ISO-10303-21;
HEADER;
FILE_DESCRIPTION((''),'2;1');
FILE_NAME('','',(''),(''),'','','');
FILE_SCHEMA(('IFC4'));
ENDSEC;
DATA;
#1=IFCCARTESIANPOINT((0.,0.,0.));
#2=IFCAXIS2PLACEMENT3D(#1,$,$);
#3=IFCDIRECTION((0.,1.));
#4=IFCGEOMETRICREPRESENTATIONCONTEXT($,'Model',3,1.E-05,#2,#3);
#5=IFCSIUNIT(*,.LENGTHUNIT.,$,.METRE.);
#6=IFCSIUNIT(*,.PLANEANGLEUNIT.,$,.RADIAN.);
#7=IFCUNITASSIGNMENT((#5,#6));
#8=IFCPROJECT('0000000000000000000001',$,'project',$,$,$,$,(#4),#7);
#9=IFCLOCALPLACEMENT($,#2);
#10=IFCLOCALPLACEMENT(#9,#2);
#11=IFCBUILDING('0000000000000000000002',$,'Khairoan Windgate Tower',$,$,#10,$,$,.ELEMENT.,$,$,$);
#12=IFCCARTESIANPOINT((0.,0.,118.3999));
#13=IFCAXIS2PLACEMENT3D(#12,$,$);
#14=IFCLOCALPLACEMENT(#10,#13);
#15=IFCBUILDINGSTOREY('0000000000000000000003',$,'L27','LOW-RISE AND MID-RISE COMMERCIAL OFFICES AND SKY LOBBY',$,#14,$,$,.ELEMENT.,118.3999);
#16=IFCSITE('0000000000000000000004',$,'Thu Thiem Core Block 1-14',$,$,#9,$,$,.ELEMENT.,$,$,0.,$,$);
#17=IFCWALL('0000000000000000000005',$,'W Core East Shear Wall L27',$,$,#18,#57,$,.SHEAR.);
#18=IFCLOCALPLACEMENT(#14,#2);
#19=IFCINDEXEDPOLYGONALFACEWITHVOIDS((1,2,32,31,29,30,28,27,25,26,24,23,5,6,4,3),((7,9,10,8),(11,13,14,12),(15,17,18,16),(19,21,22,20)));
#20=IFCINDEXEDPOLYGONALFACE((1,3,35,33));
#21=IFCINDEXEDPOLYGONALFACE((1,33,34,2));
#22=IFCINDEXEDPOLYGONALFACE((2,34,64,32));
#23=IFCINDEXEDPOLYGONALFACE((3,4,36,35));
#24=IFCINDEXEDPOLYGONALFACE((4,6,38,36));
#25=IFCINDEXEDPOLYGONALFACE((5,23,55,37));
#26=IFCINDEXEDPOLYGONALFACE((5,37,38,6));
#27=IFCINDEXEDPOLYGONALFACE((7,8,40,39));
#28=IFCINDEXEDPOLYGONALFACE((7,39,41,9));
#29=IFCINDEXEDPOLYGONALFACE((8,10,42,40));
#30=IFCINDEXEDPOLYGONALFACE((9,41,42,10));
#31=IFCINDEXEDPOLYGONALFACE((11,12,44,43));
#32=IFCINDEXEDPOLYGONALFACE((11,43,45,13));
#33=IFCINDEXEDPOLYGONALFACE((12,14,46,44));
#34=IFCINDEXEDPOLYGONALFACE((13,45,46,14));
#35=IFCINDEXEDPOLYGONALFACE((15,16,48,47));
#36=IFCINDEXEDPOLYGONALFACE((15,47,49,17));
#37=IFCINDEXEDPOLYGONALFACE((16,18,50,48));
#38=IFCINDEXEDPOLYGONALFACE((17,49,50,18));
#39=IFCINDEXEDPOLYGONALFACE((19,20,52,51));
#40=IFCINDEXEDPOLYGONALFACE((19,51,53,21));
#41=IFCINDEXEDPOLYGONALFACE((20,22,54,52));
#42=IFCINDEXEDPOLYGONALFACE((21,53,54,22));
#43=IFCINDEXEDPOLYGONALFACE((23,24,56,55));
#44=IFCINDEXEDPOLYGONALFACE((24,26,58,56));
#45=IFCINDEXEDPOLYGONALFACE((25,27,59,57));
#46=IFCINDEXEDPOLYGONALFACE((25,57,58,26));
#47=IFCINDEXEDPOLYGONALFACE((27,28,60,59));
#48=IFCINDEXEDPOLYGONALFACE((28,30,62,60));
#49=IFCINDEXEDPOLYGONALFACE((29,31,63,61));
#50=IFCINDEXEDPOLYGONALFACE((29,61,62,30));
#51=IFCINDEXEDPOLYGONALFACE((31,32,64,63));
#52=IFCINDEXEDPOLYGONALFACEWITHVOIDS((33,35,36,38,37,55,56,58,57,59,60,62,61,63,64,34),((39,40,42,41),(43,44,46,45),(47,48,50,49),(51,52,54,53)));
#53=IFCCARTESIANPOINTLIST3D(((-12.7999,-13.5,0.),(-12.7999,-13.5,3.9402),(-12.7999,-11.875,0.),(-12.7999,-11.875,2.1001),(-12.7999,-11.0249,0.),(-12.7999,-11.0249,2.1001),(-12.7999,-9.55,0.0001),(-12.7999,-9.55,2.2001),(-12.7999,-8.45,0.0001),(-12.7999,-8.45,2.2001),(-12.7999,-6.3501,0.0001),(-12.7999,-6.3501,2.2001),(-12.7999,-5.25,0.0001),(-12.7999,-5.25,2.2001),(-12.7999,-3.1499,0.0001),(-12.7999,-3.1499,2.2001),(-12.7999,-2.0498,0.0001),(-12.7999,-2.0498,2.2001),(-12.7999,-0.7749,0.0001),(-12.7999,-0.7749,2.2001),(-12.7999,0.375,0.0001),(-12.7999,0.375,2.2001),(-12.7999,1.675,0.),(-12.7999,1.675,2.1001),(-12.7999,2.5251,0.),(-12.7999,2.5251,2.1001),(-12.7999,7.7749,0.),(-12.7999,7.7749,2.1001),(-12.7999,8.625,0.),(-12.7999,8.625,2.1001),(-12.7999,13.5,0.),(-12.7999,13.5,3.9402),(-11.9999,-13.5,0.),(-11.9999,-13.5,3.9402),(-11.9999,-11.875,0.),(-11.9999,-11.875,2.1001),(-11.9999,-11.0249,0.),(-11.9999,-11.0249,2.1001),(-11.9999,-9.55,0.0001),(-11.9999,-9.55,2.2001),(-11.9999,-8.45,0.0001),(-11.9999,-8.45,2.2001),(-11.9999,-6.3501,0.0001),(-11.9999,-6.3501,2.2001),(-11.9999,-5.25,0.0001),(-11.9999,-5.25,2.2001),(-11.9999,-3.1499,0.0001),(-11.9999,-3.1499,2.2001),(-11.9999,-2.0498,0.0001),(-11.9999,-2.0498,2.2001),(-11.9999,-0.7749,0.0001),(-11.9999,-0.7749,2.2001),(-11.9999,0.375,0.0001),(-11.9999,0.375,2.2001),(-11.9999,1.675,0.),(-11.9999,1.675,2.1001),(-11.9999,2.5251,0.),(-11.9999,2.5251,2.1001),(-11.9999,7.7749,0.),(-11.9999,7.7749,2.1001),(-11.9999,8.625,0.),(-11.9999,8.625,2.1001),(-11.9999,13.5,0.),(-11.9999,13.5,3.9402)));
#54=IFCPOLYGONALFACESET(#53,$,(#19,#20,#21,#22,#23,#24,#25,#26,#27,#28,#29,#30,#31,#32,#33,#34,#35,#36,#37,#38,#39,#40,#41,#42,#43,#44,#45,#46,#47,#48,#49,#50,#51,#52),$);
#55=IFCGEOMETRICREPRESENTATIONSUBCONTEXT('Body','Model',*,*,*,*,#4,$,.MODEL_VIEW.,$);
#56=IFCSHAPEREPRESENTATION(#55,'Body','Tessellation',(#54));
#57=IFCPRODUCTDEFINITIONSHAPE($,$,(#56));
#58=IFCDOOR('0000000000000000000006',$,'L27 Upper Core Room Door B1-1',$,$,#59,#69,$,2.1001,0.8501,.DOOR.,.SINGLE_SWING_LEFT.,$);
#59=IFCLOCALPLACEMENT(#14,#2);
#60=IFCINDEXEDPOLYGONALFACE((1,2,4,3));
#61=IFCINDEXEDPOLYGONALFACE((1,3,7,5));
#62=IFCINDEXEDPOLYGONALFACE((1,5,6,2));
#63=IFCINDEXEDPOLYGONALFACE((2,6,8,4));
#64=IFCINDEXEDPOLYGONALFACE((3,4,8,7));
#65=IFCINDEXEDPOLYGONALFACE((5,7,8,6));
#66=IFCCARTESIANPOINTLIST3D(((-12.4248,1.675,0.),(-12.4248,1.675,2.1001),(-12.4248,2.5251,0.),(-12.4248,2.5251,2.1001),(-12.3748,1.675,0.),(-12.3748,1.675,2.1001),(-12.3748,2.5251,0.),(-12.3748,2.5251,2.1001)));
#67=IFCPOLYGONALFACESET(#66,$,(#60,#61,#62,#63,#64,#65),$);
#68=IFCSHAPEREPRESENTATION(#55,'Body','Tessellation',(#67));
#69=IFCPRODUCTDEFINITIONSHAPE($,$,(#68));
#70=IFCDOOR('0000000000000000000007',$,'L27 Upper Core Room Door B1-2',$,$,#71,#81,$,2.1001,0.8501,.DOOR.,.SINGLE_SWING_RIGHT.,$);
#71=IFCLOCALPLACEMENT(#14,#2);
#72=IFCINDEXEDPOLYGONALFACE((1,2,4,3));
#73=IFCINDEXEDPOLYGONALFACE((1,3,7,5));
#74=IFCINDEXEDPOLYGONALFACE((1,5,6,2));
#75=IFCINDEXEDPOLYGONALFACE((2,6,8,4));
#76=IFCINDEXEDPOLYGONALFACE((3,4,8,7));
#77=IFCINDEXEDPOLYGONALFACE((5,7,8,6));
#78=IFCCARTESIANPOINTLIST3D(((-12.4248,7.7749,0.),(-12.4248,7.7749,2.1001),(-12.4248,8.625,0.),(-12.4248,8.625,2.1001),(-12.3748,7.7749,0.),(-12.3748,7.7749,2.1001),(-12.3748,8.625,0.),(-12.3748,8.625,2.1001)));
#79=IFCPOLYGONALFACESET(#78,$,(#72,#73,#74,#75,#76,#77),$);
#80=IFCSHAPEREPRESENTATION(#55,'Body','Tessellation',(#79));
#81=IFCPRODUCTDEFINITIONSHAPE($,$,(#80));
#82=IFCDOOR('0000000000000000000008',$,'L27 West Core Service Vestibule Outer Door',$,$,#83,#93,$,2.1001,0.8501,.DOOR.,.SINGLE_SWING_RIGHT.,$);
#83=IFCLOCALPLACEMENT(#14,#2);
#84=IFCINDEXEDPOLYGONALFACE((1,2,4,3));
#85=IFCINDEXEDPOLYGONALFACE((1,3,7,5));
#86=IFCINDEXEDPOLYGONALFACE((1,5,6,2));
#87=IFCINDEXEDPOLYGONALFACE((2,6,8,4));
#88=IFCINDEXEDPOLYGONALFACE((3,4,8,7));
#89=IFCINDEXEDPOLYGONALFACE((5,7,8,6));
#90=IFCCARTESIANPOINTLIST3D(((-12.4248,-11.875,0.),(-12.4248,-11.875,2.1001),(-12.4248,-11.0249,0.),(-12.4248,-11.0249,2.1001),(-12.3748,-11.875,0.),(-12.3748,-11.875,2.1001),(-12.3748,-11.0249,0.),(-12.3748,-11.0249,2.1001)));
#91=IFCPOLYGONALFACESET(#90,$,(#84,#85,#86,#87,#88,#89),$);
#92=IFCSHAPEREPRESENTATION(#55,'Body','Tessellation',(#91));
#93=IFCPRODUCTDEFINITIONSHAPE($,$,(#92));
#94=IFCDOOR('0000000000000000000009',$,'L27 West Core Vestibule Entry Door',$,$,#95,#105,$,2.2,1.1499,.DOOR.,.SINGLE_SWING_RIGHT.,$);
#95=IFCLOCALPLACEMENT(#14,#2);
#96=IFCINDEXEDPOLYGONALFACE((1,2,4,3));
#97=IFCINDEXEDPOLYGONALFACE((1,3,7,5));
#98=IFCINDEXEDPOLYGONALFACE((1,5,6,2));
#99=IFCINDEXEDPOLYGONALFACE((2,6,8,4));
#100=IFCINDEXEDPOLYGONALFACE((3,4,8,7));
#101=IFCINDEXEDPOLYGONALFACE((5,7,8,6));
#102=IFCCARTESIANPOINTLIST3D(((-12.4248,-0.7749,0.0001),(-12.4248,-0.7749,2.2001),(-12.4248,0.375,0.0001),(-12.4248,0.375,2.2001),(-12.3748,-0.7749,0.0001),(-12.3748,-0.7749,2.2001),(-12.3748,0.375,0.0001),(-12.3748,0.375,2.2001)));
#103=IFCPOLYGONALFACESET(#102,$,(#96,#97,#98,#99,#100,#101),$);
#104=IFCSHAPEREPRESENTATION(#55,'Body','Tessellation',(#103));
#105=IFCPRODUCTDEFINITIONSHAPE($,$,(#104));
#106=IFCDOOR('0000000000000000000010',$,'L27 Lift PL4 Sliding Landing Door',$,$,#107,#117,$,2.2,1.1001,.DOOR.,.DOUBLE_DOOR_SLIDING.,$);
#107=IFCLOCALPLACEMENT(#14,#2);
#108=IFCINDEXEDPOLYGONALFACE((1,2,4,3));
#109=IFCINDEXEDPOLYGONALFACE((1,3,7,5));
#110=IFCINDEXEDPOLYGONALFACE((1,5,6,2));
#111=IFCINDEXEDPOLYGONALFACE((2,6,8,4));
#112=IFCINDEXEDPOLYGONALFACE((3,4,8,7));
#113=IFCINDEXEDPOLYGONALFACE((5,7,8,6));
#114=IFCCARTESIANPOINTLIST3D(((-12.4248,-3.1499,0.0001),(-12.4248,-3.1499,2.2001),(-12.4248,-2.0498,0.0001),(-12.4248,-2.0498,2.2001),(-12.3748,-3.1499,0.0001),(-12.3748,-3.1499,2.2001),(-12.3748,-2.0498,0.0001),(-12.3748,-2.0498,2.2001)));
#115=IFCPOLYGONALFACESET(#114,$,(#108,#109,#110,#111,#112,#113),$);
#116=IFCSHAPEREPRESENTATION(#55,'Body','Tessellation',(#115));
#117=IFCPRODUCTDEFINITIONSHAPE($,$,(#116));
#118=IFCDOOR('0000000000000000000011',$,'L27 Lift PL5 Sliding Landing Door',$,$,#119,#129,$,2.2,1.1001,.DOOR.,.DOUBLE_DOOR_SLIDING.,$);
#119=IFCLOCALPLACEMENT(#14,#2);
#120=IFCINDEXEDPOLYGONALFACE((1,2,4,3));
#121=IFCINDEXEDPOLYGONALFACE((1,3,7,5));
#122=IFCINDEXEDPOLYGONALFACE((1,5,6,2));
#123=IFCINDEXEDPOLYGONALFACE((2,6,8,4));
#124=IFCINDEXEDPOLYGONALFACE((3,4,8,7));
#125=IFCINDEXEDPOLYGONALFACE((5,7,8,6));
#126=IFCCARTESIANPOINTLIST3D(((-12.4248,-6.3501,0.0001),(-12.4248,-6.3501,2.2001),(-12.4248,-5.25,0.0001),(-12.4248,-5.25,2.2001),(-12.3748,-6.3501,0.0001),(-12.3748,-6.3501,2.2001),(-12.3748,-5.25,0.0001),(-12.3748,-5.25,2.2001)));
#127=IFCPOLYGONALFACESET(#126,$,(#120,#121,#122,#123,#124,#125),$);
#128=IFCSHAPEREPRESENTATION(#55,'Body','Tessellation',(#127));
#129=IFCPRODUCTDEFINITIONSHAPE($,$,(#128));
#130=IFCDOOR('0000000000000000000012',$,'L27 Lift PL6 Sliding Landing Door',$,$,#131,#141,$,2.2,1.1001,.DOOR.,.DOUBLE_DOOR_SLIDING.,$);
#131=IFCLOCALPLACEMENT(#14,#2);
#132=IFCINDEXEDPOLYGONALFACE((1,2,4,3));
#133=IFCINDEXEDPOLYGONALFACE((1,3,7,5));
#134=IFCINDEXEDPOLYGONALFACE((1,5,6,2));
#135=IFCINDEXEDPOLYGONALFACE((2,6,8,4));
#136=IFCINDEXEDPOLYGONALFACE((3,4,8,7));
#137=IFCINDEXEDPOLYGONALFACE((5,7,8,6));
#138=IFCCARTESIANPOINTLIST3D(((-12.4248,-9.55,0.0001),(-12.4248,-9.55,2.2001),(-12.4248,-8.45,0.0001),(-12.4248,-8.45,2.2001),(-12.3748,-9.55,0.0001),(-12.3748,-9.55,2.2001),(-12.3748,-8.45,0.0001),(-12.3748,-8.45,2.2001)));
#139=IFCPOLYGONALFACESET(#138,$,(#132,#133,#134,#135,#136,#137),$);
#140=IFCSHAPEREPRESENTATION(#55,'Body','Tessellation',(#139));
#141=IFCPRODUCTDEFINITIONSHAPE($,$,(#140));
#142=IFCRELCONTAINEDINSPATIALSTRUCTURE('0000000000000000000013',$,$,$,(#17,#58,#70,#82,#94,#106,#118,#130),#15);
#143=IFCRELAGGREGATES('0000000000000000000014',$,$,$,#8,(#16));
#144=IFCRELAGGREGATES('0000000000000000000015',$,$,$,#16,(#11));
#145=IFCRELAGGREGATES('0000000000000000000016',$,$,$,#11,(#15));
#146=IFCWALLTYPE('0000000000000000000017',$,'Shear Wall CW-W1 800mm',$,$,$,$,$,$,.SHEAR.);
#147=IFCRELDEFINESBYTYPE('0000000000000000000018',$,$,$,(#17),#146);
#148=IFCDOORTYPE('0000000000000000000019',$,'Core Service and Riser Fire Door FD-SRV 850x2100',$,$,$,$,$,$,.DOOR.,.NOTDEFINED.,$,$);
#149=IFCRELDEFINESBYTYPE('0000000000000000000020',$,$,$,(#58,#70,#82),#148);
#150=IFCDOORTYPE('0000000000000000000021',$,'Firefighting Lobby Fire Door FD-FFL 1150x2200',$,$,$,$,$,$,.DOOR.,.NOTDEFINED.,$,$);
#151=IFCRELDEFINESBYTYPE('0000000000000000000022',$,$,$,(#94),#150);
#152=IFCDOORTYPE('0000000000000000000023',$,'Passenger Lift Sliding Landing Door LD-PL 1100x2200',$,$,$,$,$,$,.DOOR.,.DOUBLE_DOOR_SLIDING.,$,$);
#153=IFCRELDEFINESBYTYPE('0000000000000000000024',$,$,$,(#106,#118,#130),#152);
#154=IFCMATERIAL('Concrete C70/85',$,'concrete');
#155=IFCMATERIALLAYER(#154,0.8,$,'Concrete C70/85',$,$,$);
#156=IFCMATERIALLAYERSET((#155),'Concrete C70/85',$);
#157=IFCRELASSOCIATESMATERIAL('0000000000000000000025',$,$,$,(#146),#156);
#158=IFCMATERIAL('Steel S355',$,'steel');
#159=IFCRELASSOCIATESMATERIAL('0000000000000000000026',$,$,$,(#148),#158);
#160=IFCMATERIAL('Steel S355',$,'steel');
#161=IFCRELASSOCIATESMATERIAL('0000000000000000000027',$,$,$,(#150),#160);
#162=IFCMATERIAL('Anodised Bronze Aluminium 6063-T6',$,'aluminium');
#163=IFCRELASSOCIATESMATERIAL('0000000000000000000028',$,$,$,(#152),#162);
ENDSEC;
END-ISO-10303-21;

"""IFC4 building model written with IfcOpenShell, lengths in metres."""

from ifc_helpers import new_model, si_unit, direction, frame, frame_2d, origin, place, context, subcontext, project, spatial, rectangle, extrude, material, layer, layer_set, type_object, element, fill, save


model = new_model("IFC4")

# Units and contexts
model_context = context("Model", 3, precision=1e-05, world=origin(), true_north=direction((0.0, 1.0)))
body_context = subcontext(model_context, "Body", "Model", "MODEL_VIEW")
ifc_project = project(units=[si_unit("LENGTHUNIT", "METRE"), si_unit("PLANEANGLEUNIT", "RADIAN")], contexts=[model_context])

# Site, building, storey
site_placement = place(None, origin())
site = spatial("IfcSite", under=ifc_project, at=site_placement, Name="Thu Thiem Core Block 1-14", CompositionType="ELEMENT", RefElevation=0.0)
building_placement = place(site_placement, origin())
building = spatial("IfcBuilding", under=site, at=building_placement, Name="Khairoan Windgate Tower", CompositionType="ELEMENT")
storey_placement = place(building_placement, frame((0.0, 0.0, 118.3999)))
storey = spatial("IfcBuildingStorey", under=building, at=storey_placement, Name="L27", Description="LOW-RISE AND MID-RISE COMMERCIAL OFFICES AND SKY LOBBY", CompositionType="ELEMENT", Elevation=118.3999)

# Wall, openings, doors
ifc_material_1 = material(Name="Concrete C70/85", Category="concrete")
ifc_layer_1 = layer(ifc_material_1, 0.8, Name="Concrete C70/85")
ifc_layer_set_1 = layer_set([ifc_layer_1], Name="Concrete C70/85")
wall_type_1 = type_object("IfcWallType", Name="Shear Wall CW-W1 800mm", PredefinedType="SHEAR", material=ifc_layer_set_1)
wall_1_placement = place(storey_placement, frame((-12.3999, -13.5, 0.0), z_axis=(0.0, 0.0, 1.0), x_axis=(0.0, 1.0, 0.0)))
wall_1 = element("IfcWall", 1, at=wall_1_placement, inside=storey, type_object=wall_type_1, Name="W Core East Shear Wall L27", PredefinedType="SHEAR", context=body_context, shape_type="SweptSolid", body=[
    extrude(rectangle(XDim=27.0, YDim=0.8, at=frame_2d((13.5, 0.0))), origin(), (0.0, 0.0, 1.0), 3.9402),
])
opening_1_placement = place(wall_1_placement, frame((10.3501, 0.0, 0.0)))
opening_1 = element("IfcOpeningElement", 2, at=opening_1_placement, cuts=wall_1, PredefinedType="OPENING", context=body_context, shape_type="SweptSolid", body=[
    extrude(rectangle(XDim=1.1001, YDim=2.2, at=frame_2d((0.55, 1.1001))), frame((0.0, 0.4099, 0.0), z_axis=(0.0, -1.0, 0.0), x_axis=(1.0, 0.0, 0.0)), (0.0, 0.0, 1.0), 0.8201),
])
opening_2_placement = place(wall_1_placement, frame((7.1499, 0.0, 0.0)))
opening_2 = element("IfcOpeningElement", 3, at=opening_2_placement, cuts=wall_1, PredefinedType="OPENING", context=body_context, shape_type="SweptSolid", body=[
    extrude(rectangle(XDim=1.1001, YDim=2.2, at=frame_2d((0.55, 1.1001))), frame((0.0, 0.4099, 0.0), z_axis=(0.0, -1.0, 0.0), x_axis=(1.0, 0.0, 0.0)), (0.0, 0.0, 1.0), 0.8201),
])
opening_3_placement = place(wall_1_placement, frame((3.95, 0.0, 0.0)))
opening_3 = element("IfcOpeningElement", 4, at=opening_3_placement, cuts=wall_1, PredefinedType="OPENING", context=body_context, shape_type="SweptSolid", body=[
    extrude(rectangle(XDim=1.1001, YDim=2.2, at=frame_2d((0.55, 1.1001))), frame((0.0, 0.4099, 0.0), z_axis=(0.0, -1.0, 0.0), x_axis=(1.0, 0.0, 0.0)), (0.0, 0.0, 1.0), 0.8201),
])
opening_4_placement = place(wall_1_placement, frame((15.175, 0.0, 0.0)))
opening_4 = element("IfcOpeningElement", 5, at=opening_4_placement, cuts=wall_1, PredefinedType="OPENING", context=body_context, shape_type="SweptSolid", body=[
    extrude(rectangle(XDim=0.8501, YDim=2.1001, at=frame_2d((0.425, 1.05))), frame((0.0, 0.4099, 0.0), z_axis=(0.0, -1.0, 0.0), x_axis=(1.0, 0.0, 0.0)), (0.0, 0.0, 1.0), 0.8201),
])
opening_5_placement = place(wall_1_placement, frame((21.2749, 0.0, 0.0)))
opening_5 = element("IfcOpeningElement", 6, at=opening_5_placement, cuts=wall_1, PredefinedType="OPENING", context=body_context, shape_type="SweptSolid", body=[
    extrude(rectangle(XDim=0.8501, YDim=2.1001, at=frame_2d((0.425, 1.05))), frame((0.0, 0.4099, 0.0), z_axis=(0.0, -1.0, 0.0), x_axis=(1.0, 0.0, 0.0)), (0.0, 0.0, 1.0), 0.8201),
])
opening_6_placement = place(wall_1_placement, frame((12.7251, 0.0, 0.0)))
opening_6 = element("IfcOpeningElement", 7, at=opening_6_placement, cuts=wall_1, PredefinedType="OPENING", context=body_context, shape_type="SweptSolid", body=[
    extrude(rectangle(XDim=1.1499, YDim=2.2, at=frame_2d((0.575, 1.1001))), frame((0.0, 0.4099, 0.0), z_axis=(0.0, -1.0, 0.0), x_axis=(1.0, 0.0, 0.0)), (0.0, 0.0, 1.0), 0.8201),
])
opening_7_placement = place(wall_1_placement, frame((1.625, 0.0, 0.0)))
opening_7 = element("IfcOpeningElement", 8, at=opening_7_placement, cuts=wall_1, PredefinedType="OPENING", context=body_context, shape_type="SweptSolid", body=[
    extrude(rectangle(XDim=0.8501, YDim=2.1001, at=frame_2d((0.425, 1.05))), frame((0.0, 0.4099, 0.0), z_axis=(0.0, -1.0, 0.0), x_axis=(1.0, 0.0, 0.0)), (0.0, 0.0, 1.0), 0.8201),
])
ifc_material_2 = material(Name="Steel S355", Category="steel")
door_type_1 = type_object("IfcDoorType", Name="Core Service and Riser Fire Door FD-SRV 850x2100", OperationType="NOTDEFINED", PredefinedType="DOOR", material=ifc_material_2)
door_1_placement = place(opening_4_placement, origin())
door_1 = element("IfcDoor", 9, at=door_1_placement, inside=storey, type_object=door_type_1, Name="L27 Upper Core Room Door B1-1", OperationType="SINGLE_SWING_LEFT", OverallHeight=2.1001, OverallWidth=0.8501, PredefinedType="DOOR", context=body_context, shape_type="SweptSolid", body=[
    extrude(rectangle(XDim=0.8501, YDim=2.1001, at=frame_2d((0.425, 1.05))), frame((0.0, 0.0249, 0.0), z_axis=(0.0, -1.0, 0.0), x_axis=(1.0, 0.0, 0.0)), (0.0, 0.0, 1.0), 0.05),
])
fill(opening_4, door_1)
door_2_placement = place(opening_5_placement, origin())
door_2 = element("IfcDoor", 10, at=door_2_placement, inside=storey, type_object=door_type_1, Name="L27 Upper Core Room Door B1-2", OperationType="SINGLE_SWING_RIGHT", OverallHeight=2.1001, OverallWidth=0.8501, PredefinedType="DOOR", context=body_context, shape_type="SweptSolid", body=[
    extrude(rectangle(XDim=0.8501, YDim=2.1001, at=frame_2d((0.425, 1.05))), frame((0.0, 0.0249, 0.0), z_axis=(0.0, -1.0, 0.0), x_axis=(1.0, 0.0, 0.0)), (0.0, 0.0, 1.0), 0.05),
])
fill(opening_5, door_2)
door_3_placement = place(opening_7_placement, origin())
door_3 = element("IfcDoor", 11, at=door_3_placement, inside=storey, type_object=door_type_1, Name="L27 West Core Service Vestibule Outer Door", OperationType="SINGLE_SWING_RIGHT", OverallHeight=2.1001, OverallWidth=0.8501, PredefinedType="DOOR", context=body_context, shape_type="SweptSolid", body=[
    extrude(rectangle(XDim=0.8501, YDim=2.1001, at=frame_2d((0.425, 1.05))), frame((0.0, 0.0249, 0.0), z_axis=(0.0, -1.0, 0.0), x_axis=(1.0, 0.0, 0.0)), (0.0, 0.0, 1.0), 0.05),
])
fill(opening_7, door_3)
ifc_material_3 = material(Name="Steel S355", Category="steel")
door_type_2 = type_object("IfcDoorType", Name="Firefighting Lobby Fire Door FD-FFL 1150x2200", OperationType="NOTDEFINED", PredefinedType="DOOR", material=ifc_material_3)
door_4_placement = place(opening_6_placement, origin())
door_4 = element("IfcDoor", 12, at=door_4_placement, inside=storey, type_object=door_type_2, Name="L27 West Core Vestibule Entry Door", OperationType="SINGLE_SWING_RIGHT", OverallHeight=2.2, OverallWidth=1.1499, PredefinedType="DOOR", context=body_context, shape_type="SweptSolid", body=[
    extrude(rectangle(XDim=1.1499, YDim=2.2, at=frame_2d((0.575, 1.1001))), frame((0.0, 0.0249, 0.0), z_axis=(0.0, -1.0, 0.0), x_axis=(1.0, 0.0, 0.0)), (0.0, 0.0, 1.0), 0.05),
])
fill(opening_6, door_4)
ifc_material_4 = material(Name="Anodised Bronze Aluminium 6063-T6", Category="aluminium")
door_type_3 = type_object("IfcDoorType", Name="Passenger Lift Sliding Landing Door LD-PL 1100x2200", OperationType="DOUBLE_DOOR_SLIDING", PredefinedType="DOOR", material=ifc_material_4)
door_5_placement = place(opening_1_placement, origin())
door_5 = element("IfcDoor", 13, at=door_5_placement, inside=storey, type_object=door_type_3, Name="L27 Lift PL4 Sliding Landing Door", OperationType="DOUBLE_DOOR_SLIDING", OverallHeight=2.2, OverallWidth=1.1001, PredefinedType="DOOR", context=body_context, shape_type="SweptSolid", body=[
    extrude(rectangle(XDim=1.1001, YDim=2.2, at=frame_2d((0.55, 1.1001))), frame((0.0, 0.0249, 0.0), z_axis=(0.0, -1.0, 0.0), x_axis=(1.0, 0.0, 0.0)), (0.0, 0.0, 1.0), 0.05),
])
fill(opening_1, door_5)
door_6_placement = place(opening_2_placement, origin())
door_6 = element("IfcDoor", 14, at=door_6_placement, inside=storey, type_object=door_type_3, Name="L27 Lift PL5 Sliding Landing Door", OperationType="DOUBLE_DOOR_SLIDING", OverallHeight=2.2, OverallWidth=1.1001, PredefinedType="DOOR", context=body_context, shape_type="SweptSolid", body=[
    extrude(rectangle(XDim=1.1001, YDim=2.2, at=frame_2d((0.55, 1.1001))), frame((0.0, 0.0249, 0.0), z_axis=(0.0, -1.0, 0.0), x_axis=(1.0, 0.0, 0.0)), (0.0, 0.0, 1.0), 0.05),
])
fill(opening_2, door_6)
door_7_placement = place(opening_3_placement, origin())
door_7 = element("IfcDoor", 15, at=door_7_placement, inside=storey, type_object=door_type_3, Name="L27 Lift PL6 Sliding Landing Door", OperationType="DOUBLE_DOOR_SLIDING", OverallHeight=2.2, OverallWidth=1.1001, PredefinedType="DOOR", context=body_context, shape_type="SweptSolid", body=[
    extrude(rectangle(XDim=1.1001, YDim=2.2, at=frame_2d((0.55, 1.1001))), frame((0.0, 0.0249, 0.0), z_axis=(0.0, -1.0, 0.0), x_axis=(1.0, 0.0, 0.0)), (0.0, 0.0, 1.0), 0.05),
])
fill(opening_3, door_7)

save(model, "model.ifc")
